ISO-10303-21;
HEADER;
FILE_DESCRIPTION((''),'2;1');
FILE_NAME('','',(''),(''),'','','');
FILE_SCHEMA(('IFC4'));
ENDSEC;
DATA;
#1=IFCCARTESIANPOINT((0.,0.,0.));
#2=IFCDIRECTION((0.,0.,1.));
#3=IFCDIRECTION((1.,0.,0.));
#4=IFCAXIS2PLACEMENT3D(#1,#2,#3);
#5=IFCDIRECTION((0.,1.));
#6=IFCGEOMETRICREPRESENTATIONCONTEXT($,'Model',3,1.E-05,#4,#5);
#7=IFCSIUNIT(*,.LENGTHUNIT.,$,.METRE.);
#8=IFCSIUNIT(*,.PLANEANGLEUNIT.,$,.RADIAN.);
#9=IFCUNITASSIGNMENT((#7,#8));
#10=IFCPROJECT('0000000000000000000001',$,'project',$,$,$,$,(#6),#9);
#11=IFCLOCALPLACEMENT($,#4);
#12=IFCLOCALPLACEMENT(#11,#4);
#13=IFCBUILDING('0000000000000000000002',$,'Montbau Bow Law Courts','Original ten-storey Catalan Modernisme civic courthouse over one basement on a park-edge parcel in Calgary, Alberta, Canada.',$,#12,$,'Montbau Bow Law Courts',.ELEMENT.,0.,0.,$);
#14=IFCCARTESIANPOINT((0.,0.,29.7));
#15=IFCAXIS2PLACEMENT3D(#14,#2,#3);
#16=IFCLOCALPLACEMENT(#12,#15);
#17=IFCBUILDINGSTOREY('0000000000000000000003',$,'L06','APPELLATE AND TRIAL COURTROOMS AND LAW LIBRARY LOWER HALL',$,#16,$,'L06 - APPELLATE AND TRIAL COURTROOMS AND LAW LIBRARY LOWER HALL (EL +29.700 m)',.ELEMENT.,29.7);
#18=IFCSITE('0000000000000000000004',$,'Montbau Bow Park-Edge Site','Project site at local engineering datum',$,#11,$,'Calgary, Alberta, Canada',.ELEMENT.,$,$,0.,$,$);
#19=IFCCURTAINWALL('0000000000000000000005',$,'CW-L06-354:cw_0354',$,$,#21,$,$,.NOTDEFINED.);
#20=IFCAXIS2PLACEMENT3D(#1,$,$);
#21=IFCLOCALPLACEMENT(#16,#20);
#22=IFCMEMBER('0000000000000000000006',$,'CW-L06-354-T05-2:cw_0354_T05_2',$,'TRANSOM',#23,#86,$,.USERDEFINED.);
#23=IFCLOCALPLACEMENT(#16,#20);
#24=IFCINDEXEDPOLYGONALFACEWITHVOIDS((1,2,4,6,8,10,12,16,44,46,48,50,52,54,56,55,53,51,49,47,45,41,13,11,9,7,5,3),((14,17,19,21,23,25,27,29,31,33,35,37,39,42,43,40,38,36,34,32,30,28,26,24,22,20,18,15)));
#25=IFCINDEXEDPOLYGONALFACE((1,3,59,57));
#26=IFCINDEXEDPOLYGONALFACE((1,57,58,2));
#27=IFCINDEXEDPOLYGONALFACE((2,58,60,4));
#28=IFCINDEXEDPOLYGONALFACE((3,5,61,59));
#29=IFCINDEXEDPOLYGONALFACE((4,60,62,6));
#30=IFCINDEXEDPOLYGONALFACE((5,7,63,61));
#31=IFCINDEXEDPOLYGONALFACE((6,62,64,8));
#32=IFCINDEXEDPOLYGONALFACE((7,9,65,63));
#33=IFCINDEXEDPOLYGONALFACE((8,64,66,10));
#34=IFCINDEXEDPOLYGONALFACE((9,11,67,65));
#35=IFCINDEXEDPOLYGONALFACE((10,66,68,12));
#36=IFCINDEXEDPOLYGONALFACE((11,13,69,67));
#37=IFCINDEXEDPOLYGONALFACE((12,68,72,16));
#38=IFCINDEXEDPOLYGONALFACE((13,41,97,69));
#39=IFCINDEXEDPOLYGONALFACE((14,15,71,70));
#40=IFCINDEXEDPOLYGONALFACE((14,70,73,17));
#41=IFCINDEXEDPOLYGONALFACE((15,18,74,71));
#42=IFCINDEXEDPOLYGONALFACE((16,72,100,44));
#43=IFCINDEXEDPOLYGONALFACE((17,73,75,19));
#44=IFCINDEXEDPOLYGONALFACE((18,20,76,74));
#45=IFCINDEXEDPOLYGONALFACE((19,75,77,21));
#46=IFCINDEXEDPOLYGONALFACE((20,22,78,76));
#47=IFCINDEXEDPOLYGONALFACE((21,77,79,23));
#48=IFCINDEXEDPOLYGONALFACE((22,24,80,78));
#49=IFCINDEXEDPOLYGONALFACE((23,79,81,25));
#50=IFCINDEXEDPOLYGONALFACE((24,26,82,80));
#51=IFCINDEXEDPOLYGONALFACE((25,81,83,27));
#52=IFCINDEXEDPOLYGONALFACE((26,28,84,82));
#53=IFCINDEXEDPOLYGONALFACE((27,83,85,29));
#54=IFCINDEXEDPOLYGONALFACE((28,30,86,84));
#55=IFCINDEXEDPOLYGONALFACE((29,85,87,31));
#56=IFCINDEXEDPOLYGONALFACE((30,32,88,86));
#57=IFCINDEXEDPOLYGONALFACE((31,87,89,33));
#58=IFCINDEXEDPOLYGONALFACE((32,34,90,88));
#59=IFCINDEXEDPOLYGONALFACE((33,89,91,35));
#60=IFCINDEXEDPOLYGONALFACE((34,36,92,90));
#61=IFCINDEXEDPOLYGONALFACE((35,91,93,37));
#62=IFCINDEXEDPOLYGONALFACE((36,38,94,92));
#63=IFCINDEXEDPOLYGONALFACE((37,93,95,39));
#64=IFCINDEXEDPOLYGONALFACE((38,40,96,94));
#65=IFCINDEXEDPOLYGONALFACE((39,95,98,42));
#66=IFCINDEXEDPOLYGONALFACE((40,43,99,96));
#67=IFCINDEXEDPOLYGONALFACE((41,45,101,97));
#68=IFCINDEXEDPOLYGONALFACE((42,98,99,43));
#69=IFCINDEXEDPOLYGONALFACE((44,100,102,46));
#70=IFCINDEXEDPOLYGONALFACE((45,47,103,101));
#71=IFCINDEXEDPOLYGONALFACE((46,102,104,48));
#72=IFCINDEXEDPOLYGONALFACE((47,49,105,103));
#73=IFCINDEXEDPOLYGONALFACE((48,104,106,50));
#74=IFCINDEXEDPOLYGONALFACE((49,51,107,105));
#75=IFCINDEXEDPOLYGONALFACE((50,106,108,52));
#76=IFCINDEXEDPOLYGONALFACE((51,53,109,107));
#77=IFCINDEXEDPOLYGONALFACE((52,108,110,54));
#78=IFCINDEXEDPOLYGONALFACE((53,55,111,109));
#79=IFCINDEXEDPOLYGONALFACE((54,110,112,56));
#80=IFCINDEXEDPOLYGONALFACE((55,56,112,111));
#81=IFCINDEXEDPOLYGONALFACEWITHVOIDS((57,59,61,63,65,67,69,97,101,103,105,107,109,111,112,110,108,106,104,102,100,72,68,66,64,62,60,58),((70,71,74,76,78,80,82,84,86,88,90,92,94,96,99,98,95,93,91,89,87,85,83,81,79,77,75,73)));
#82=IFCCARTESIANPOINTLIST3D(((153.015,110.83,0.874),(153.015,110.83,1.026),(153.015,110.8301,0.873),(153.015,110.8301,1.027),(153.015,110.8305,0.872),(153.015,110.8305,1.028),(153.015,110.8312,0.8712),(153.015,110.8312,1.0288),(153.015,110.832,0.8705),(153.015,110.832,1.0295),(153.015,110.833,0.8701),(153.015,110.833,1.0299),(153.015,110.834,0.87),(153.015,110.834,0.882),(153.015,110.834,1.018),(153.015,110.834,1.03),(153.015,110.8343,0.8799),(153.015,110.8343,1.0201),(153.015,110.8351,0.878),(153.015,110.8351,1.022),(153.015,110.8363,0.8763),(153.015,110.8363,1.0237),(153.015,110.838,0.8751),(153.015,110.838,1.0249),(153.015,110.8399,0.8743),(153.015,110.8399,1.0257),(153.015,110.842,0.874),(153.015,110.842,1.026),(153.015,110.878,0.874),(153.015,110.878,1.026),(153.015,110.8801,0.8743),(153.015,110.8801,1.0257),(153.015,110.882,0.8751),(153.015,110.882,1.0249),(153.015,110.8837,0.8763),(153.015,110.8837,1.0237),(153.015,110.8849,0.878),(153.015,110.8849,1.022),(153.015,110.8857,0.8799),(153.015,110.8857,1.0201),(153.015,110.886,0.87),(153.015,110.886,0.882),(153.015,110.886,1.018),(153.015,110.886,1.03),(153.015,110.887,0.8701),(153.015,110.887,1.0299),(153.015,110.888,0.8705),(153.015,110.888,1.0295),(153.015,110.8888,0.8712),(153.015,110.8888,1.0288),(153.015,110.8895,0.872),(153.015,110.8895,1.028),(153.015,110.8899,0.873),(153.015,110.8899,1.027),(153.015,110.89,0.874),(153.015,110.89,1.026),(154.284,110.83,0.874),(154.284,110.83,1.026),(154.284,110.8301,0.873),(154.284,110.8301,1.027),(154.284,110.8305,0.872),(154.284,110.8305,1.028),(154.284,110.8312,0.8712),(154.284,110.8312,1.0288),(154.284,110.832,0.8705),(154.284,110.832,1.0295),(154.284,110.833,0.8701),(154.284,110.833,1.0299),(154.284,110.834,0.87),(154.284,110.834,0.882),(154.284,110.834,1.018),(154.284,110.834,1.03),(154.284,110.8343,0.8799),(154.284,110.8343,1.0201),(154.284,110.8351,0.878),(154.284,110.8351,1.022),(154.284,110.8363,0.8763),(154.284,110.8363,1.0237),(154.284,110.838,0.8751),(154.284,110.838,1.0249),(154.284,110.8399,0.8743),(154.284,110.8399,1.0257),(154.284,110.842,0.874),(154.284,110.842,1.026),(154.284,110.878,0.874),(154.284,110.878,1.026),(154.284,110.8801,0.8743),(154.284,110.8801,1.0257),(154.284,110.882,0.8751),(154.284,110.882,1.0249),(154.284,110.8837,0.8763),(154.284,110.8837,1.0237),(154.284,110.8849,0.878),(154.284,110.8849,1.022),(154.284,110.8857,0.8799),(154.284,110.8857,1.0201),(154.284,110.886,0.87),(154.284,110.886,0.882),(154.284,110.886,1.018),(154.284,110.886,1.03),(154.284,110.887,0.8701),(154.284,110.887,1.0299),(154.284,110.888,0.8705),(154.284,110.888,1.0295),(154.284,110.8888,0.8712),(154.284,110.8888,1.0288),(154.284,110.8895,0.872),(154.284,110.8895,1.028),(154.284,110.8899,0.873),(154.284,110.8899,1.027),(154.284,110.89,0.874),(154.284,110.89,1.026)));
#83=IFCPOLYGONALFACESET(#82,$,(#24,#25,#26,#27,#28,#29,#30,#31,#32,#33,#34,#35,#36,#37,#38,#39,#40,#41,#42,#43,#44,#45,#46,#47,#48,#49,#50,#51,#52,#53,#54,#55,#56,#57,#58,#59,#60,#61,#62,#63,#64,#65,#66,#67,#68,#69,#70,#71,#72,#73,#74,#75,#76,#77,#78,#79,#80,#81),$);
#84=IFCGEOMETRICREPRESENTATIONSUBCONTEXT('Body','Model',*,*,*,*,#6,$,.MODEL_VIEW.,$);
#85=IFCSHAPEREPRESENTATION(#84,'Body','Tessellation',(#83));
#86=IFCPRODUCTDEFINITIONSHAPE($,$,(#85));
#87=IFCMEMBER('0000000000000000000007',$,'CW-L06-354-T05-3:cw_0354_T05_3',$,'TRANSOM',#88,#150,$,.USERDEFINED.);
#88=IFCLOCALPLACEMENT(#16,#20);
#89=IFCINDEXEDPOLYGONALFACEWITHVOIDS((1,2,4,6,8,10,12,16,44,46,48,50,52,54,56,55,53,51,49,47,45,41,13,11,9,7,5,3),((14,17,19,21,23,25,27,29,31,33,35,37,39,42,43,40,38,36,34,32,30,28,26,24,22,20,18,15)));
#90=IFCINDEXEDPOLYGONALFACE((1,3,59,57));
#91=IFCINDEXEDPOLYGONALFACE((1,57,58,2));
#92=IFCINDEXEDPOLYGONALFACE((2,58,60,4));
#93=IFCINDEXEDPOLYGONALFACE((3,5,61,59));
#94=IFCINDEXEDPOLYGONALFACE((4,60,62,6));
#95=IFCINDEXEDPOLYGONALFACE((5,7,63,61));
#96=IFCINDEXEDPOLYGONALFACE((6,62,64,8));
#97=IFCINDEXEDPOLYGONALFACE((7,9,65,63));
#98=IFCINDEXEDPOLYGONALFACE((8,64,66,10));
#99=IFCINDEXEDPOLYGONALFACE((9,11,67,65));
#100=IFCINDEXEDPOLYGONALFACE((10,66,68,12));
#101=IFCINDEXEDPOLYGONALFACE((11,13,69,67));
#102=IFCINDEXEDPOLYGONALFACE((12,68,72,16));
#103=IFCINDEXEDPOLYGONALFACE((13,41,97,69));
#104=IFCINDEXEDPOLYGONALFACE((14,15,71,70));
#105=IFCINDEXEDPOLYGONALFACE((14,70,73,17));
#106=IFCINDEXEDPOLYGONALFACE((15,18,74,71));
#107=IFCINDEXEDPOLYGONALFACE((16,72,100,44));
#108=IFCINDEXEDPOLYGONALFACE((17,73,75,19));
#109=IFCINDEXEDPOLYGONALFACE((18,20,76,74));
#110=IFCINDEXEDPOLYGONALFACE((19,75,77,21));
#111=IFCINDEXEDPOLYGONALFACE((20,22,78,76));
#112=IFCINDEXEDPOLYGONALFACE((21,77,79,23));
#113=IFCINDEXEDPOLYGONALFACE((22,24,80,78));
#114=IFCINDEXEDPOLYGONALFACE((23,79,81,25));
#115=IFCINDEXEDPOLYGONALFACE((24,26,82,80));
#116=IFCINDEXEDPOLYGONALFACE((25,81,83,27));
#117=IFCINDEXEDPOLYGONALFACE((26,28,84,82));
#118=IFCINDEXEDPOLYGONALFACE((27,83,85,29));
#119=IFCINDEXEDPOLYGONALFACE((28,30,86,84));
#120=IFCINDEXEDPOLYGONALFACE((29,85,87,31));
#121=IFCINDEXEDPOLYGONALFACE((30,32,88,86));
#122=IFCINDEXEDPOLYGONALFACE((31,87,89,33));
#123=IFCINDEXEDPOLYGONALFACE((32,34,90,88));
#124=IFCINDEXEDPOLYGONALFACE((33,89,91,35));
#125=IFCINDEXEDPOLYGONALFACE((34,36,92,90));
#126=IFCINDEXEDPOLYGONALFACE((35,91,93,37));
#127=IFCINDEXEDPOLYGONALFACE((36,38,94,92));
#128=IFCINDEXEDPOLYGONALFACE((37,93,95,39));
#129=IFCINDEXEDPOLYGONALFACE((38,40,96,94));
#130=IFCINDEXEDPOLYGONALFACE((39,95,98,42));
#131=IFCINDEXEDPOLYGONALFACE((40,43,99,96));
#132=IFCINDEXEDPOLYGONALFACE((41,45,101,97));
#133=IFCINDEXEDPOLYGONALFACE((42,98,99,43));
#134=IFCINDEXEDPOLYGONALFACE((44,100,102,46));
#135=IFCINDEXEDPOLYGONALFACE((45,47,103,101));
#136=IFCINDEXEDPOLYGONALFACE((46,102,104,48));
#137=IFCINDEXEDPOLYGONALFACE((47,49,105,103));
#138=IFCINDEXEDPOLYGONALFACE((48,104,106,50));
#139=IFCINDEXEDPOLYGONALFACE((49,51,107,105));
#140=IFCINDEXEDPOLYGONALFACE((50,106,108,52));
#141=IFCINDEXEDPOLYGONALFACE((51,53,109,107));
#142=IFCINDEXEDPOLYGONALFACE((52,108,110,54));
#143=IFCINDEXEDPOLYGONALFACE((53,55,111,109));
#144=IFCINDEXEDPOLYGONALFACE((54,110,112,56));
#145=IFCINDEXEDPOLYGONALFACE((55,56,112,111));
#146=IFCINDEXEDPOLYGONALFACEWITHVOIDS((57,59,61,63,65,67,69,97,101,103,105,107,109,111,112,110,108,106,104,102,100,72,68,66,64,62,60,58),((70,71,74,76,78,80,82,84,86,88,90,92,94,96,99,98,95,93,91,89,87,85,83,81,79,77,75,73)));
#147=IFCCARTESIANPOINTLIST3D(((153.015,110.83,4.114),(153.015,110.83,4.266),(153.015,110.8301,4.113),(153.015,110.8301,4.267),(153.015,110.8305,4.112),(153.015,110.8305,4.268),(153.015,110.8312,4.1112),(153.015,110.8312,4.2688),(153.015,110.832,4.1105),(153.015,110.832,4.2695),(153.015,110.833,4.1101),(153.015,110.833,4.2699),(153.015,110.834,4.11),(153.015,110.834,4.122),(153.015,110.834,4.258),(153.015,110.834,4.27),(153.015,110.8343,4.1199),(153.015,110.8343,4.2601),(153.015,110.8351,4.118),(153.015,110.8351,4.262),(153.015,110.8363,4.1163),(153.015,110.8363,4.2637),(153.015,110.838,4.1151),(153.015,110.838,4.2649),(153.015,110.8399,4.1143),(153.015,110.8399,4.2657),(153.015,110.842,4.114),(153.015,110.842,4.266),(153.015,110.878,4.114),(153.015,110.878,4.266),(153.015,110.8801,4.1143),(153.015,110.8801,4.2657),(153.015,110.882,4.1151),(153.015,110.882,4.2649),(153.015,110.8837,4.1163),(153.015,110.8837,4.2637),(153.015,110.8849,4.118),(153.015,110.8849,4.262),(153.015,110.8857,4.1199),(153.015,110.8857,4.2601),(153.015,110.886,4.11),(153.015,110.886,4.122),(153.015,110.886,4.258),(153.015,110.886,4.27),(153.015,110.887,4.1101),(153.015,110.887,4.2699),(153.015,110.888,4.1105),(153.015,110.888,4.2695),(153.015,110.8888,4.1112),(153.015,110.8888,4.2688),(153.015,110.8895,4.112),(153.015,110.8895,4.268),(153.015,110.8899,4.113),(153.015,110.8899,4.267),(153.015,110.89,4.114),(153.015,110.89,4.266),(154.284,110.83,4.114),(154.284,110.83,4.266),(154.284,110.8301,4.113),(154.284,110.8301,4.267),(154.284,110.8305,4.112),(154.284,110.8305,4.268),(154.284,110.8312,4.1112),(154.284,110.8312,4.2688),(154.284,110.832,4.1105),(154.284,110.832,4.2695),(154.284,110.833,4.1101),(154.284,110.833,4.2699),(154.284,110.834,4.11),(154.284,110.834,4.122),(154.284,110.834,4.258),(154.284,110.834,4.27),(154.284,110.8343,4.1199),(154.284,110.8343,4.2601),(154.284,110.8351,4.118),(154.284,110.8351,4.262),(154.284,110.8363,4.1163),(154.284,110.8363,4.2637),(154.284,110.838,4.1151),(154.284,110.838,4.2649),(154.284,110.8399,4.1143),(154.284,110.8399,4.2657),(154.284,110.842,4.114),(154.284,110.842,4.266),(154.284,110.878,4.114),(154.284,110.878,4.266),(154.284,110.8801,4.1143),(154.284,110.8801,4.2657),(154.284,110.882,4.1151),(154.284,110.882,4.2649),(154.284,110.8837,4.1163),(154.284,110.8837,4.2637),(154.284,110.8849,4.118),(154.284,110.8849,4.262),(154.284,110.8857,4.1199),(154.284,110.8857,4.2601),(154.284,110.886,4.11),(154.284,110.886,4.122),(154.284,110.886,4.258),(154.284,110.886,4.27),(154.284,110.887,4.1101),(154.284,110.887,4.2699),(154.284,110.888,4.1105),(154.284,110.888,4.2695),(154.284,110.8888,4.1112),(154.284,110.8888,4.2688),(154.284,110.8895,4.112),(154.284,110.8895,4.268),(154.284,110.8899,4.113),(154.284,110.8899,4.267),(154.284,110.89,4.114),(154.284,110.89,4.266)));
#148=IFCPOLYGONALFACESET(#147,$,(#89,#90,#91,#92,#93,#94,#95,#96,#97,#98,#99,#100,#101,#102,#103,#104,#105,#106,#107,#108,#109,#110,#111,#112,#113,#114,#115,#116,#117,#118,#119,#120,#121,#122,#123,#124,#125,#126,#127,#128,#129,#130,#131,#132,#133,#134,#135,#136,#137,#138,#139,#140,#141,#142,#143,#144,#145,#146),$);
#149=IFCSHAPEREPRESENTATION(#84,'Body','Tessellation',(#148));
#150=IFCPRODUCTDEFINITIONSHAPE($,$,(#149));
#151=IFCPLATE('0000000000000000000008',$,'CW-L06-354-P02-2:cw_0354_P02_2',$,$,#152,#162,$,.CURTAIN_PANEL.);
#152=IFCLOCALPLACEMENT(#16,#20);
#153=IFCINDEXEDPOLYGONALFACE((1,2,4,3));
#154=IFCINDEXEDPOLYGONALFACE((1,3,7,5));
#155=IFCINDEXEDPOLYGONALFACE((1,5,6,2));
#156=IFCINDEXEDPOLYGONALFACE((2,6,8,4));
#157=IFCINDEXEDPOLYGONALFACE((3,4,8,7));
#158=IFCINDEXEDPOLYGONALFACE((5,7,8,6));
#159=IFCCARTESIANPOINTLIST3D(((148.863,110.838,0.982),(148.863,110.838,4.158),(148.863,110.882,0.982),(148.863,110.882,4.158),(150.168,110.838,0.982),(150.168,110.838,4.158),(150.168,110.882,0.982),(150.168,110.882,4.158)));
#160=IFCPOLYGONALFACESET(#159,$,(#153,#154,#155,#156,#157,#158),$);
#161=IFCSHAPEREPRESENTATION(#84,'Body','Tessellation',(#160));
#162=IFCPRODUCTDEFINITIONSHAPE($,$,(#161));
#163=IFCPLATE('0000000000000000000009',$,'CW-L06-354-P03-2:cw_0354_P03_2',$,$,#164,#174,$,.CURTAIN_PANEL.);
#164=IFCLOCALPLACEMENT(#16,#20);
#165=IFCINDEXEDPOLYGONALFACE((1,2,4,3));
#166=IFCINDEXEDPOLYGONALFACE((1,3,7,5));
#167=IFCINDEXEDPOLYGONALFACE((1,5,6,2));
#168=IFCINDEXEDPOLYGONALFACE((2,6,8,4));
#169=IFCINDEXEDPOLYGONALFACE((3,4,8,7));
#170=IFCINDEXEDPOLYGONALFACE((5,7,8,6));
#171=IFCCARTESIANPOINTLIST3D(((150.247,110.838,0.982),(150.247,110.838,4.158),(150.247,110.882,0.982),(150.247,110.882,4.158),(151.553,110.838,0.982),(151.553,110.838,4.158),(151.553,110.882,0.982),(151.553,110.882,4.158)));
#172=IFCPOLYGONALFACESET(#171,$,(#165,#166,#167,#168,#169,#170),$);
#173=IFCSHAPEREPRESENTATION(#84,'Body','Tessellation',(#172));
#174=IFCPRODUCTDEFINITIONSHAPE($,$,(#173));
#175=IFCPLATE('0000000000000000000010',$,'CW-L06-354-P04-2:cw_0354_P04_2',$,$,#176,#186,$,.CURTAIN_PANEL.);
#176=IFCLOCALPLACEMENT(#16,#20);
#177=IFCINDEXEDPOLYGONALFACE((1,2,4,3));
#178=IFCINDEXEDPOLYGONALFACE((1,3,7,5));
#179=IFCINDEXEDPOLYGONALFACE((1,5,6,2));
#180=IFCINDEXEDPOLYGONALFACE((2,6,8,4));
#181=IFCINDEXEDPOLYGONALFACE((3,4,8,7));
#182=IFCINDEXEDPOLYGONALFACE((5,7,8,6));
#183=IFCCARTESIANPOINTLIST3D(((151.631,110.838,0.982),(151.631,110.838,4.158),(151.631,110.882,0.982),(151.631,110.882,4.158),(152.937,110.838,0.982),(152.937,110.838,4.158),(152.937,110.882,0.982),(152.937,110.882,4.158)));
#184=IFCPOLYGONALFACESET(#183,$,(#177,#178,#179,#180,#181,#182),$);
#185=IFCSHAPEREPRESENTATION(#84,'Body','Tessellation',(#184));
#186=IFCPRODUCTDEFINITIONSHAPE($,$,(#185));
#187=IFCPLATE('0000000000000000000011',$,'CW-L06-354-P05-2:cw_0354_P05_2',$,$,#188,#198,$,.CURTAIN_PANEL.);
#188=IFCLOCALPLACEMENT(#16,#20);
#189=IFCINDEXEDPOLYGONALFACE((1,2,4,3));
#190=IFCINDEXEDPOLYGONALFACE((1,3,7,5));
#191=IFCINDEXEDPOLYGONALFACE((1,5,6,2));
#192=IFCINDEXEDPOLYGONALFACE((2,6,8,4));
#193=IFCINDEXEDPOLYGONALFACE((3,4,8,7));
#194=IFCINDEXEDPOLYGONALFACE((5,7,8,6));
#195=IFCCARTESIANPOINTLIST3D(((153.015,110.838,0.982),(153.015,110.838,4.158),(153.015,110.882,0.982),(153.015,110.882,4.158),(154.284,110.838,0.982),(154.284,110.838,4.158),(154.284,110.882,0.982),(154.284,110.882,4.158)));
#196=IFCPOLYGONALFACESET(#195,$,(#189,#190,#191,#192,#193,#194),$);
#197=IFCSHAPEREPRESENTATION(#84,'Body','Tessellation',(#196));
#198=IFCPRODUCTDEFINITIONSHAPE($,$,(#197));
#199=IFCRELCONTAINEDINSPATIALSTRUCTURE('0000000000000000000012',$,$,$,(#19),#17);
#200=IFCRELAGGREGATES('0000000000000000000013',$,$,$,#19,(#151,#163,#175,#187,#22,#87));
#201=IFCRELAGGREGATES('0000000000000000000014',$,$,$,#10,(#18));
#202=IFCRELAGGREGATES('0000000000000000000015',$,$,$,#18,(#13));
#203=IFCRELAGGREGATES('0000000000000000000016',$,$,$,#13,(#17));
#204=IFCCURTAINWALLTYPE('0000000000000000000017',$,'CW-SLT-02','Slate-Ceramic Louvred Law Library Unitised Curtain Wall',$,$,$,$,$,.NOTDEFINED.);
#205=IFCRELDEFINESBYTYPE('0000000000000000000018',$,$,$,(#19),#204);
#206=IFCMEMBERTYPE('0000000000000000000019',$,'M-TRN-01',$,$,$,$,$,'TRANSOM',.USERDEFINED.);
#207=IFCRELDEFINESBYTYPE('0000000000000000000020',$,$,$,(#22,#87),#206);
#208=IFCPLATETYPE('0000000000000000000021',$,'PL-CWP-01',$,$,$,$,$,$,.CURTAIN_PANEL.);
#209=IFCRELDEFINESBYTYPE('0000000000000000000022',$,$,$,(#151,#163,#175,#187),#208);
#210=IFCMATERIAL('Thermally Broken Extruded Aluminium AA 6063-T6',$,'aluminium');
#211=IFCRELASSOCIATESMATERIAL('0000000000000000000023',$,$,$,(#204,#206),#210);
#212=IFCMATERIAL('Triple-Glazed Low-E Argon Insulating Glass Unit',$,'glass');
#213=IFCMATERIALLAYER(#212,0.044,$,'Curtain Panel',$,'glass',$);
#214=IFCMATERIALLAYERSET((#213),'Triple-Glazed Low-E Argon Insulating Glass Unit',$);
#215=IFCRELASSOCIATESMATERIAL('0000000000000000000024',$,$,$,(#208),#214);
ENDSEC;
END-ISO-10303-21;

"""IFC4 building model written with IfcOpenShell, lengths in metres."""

from ifc_helpers import new_model, si_unit, direction, frame, frame_2d, origin_with_axes, origin_2d_with_axis, place, context, subcontext, project, spatial, rectangle, hollow_rectangle, extrude, material, layer, layer_set, material_profile, profile_set, type_object, element, aggregate, save


model = new_model("IFC4")

# Units and contexts
model_context = context("Model", 3, precision=1e-05, world=origin_with_axes(), true_north=direction((0.0, 1.0)))
body_context = subcontext(model_context, "Body", "Model", "MODEL_VIEW")
ifc_project = project(units=[si_unit("LENGTHUNIT", "METRE"), si_unit("PLANEANGLEUNIT", "RADIAN")], contexts=[model_context])

# Site, building, storey
site_placement = place(None, origin_with_axes())
site = spatial("IfcSite", under=ifc_project, at=site_placement, Name="Montbau Bow Park-Edge Site", Description="Project site at local engineering datum", LongName="Calgary, Alberta, Canada", CompositionType="ELEMENT", RefElevation=0.0)
building_placement = place(site_placement, origin_with_axes())
building = spatial("IfcBuilding", under=site, at=building_placement, Name="Montbau Bow Law Courts", Description="Original ten-storey Catalan Modernisme civic courthouse over one basement on a park-edge parcel in Calgary, Alberta, Canada.", LongName="Montbau Bow Law Courts", CompositionType="ELEMENT", ElevationOfRefHeight=0.0, ElevationOfTerrain=0.0)
storey_placement = place(building_placement, frame((0.0, 0.0, 29.7), z_axis=(0.0, 0.0, 1.0), x_axis=(1.0, 0.0, 0.0)))
storey = spatial("IfcBuildingStorey", under=building, at=storey_placement, Name="L06", Description="APPELLATE AND TRIAL COURTROOMS AND LAW LIBRARY LOWER HALL", LongName="L06 - APPELLATE AND TRIAL COURTROOMS AND LAW LIBRARY LOWER HALL (EL +29.700 m)", CompositionType="ELEMENT", Elevation=29.7)

# Curtain wall, members, plates
ifc_material_1 = material(Name="Thermally Broken Extruded Aluminium AA 6063-T6", Category="aluminium")
curtain_wall_type = type_object("IfcCurtainWallType", Name="CW-SLT-02", Description="Slate-Ceramic Louvred Law Library Unitised Curtain Wall", PredefinedType="NOTDEFINED", material=ifc_material_1)
curtain_wall_placement = place(None, frame((147.44, 110.86, 29.7), z_axis=(0.0, 0.0, 1.0), x_axis=(1.0, 0.0, 0.0)))
curtain_wall = element("IfcCurtainWall", 1, at=curtain_wall_placement, inside=storey, type_object=curtain_wall_type, Name="CW-L06-354:cw_0354", PredefinedType="NOTDEFINED")
ifc_material_profile_1 = material_profile(ifc_material_1, hollow_rectangle(XDim=0.06, YDim=0.16, WallThickness=0.004, InnerFilletRadius=0.008, OuterFilletRadius=0.004, at=origin_2d_with_axis()), Name="CWT-160X60", Category="Main", Priority=0)
ifc_profile_set_1 = profile_set([ifc_material_profile_1], Name="Thermally Broken Extruded Aluminium AA 6063-T6")
member_type_1 = type_object("IfcMemberType", Name="M-TRN-01", ElementType="TRANSOM", PredefinedType="USERDEFINED", material=ifc_profile_set_1)
member_1_placement = place(None, frame((153.015, 110.86, 30.65), z_axis=(1.0, 0.0, 0.0), x_axis=(0.0, 1.0, 0.0)))
member_1 = element("IfcMember", 2, at=member_1_placement, type_object=member_type_1, Name="CW-L06-354-T05-2:cw_0354_T05_2", ObjectType="TRANSOM", PredefinedType="USERDEFINED", context=body_context, shape_type="SweptSolid", body=[
    extrude(hollow_rectangle(XDim=0.06, YDim=0.16, WallThickness=0.004, InnerFilletRadius=0.008, OuterFilletRadius=0.004, at=origin_2d_with_axis()), origin_with_axes(), (0.0, 0.0, 1.0), 1.269),
])
member_2_placement = place(None, frame((153.015, 110.86, 33.89), z_axis=(1.0, 0.0, 0.0), x_axis=(0.0, 1.0, 0.0)))
member_2 = element("IfcMember", 3, at=member_2_placement, type_object=member_type_1, Name="CW-L06-354-T05-3:cw_0354_T05_3", ObjectType="TRANSOM", PredefinedType="USERDEFINED", context=body_context, shape_type="SweptSolid", body=[
    extrude(hollow_rectangle(XDim=0.06, YDim=0.16, WallThickness=0.004, InnerFilletRadius=0.008, OuterFilletRadius=0.004, at=origin_2d_with_axis()), origin_with_axes(), (0.0, 0.0, 1.0), 1.269),
])
ifc_material_2 = material(Name="Triple-Glazed Low-E Argon Insulating Glass Unit", Category="glass")
ifc_layer_1 = layer(ifc_material_2, 0.044, Name="Curtain Panel", Category="glass")
ifc_layer_set_1 = layer_set([ifc_layer_1], Name="Triple-Glazed Low-E Argon Insulating Glass Unit")
plate_type_1 = type_object("IfcPlateType", Name="PL-CWP-01", PredefinedType="CURTAIN_PANEL", material=ifc_layer_set_1)
plate_1_placement = place(None, frame((148.863, 110.86, 30.682), z_axis=(0.0, -1.0, 0.0), x_axis=(1.0, 0.0, 0.0)))
plate_1 = element("IfcPlate", 4, at=plate_1_placement, type_object=plate_type_1, Name="CW-L06-354-P02-2:cw_0354_P02_2", PredefinedType="CURTAIN_PANEL", context=body_context, shape_type="SweptSolid", body=[
    extrude(rectangle(XDim=1.305, YDim=3.176, at=frame_2d((0.6525, 1.588), x_axis=(1.0, 0.0))), frame((0.0, 0.0, -0.022), z_axis=(0.0, 0.0, 1.0), x_axis=(1.0, 0.0, 0.0)), (0.0, 0.0, 1.0), 0.044),
])
plate_2_placement = place(None, frame((150.247, 110.86, 30.682), z_axis=(0.0, -1.0, 0.0), x_axis=(1.0, 0.0, 0.0)))
plate_2 = element("IfcPlate", 5, at=plate_2_placement, type_object=plate_type_1, Name="CW-L06-354-P03-2:cw_0354_P03_2", PredefinedType="CURTAIN_PANEL", context=body_context, shape_type="SweptSolid", body=[
    extrude(rectangle(XDim=1.306, YDim=3.176, at=frame_2d((0.653, 1.588), x_axis=(1.0, 0.0))), frame((0.0, 0.0, -0.022), z_axis=(0.0, 0.0, 1.0), x_axis=(1.0, 0.0, 0.0)), (0.0, 0.0, 1.0), 0.044),
])
plate_3_placement = place(None, frame((151.631, 110.86, 30.682), z_axis=(0.0, -1.0, 0.0), x_axis=(1.0, 0.0, 0.0)))
plate_3 = element("IfcPlate", 6, at=plate_3_placement, type_object=plate_type_1, Name="CW-L06-354-P04-2:cw_0354_P04_2", PredefinedType="CURTAIN_PANEL", context=body_context, shape_type="SweptSolid", body=[
    extrude(rectangle(XDim=1.306, YDim=3.176, at=frame_2d((0.653, 1.588), x_axis=(1.0, 0.0))), frame((0.0, 0.0, -0.022), z_axis=(0.0, 0.0, 1.0), x_axis=(1.0, 0.0, 0.0)), (0.0, 0.0, 1.0), 0.044),
])
plate_4_placement = place(None, frame((153.015, 110.86, 30.682), z_axis=(0.0, -1.0, 0.0), x_axis=(1.0, 0.0, 0.0)))
plate_4 = element("IfcPlate", 7, at=plate_4_placement, type_object=plate_type_1, Name="CW-L06-354-P05-2:cw_0354_P05_2", PredefinedType="CURTAIN_PANEL", context=body_context, shape_type="SweptSolid", body=[
    extrude(rectangle(XDim=1.269, YDim=3.176, at=frame_2d((0.6345, 1.588), x_axis=(1.0, 0.0))), frame((0.0, 0.0, -0.022), z_axis=(0.0, 0.0, 1.0), x_axis=(1.0, 0.0, 0.0)), (0.0, 0.0, 1.0), 0.044),
])
aggregate(curtain_wall, [plate_1, plate_2, plate_3, plate_4, member_1, member_2])

save(model, "model.ifc")
